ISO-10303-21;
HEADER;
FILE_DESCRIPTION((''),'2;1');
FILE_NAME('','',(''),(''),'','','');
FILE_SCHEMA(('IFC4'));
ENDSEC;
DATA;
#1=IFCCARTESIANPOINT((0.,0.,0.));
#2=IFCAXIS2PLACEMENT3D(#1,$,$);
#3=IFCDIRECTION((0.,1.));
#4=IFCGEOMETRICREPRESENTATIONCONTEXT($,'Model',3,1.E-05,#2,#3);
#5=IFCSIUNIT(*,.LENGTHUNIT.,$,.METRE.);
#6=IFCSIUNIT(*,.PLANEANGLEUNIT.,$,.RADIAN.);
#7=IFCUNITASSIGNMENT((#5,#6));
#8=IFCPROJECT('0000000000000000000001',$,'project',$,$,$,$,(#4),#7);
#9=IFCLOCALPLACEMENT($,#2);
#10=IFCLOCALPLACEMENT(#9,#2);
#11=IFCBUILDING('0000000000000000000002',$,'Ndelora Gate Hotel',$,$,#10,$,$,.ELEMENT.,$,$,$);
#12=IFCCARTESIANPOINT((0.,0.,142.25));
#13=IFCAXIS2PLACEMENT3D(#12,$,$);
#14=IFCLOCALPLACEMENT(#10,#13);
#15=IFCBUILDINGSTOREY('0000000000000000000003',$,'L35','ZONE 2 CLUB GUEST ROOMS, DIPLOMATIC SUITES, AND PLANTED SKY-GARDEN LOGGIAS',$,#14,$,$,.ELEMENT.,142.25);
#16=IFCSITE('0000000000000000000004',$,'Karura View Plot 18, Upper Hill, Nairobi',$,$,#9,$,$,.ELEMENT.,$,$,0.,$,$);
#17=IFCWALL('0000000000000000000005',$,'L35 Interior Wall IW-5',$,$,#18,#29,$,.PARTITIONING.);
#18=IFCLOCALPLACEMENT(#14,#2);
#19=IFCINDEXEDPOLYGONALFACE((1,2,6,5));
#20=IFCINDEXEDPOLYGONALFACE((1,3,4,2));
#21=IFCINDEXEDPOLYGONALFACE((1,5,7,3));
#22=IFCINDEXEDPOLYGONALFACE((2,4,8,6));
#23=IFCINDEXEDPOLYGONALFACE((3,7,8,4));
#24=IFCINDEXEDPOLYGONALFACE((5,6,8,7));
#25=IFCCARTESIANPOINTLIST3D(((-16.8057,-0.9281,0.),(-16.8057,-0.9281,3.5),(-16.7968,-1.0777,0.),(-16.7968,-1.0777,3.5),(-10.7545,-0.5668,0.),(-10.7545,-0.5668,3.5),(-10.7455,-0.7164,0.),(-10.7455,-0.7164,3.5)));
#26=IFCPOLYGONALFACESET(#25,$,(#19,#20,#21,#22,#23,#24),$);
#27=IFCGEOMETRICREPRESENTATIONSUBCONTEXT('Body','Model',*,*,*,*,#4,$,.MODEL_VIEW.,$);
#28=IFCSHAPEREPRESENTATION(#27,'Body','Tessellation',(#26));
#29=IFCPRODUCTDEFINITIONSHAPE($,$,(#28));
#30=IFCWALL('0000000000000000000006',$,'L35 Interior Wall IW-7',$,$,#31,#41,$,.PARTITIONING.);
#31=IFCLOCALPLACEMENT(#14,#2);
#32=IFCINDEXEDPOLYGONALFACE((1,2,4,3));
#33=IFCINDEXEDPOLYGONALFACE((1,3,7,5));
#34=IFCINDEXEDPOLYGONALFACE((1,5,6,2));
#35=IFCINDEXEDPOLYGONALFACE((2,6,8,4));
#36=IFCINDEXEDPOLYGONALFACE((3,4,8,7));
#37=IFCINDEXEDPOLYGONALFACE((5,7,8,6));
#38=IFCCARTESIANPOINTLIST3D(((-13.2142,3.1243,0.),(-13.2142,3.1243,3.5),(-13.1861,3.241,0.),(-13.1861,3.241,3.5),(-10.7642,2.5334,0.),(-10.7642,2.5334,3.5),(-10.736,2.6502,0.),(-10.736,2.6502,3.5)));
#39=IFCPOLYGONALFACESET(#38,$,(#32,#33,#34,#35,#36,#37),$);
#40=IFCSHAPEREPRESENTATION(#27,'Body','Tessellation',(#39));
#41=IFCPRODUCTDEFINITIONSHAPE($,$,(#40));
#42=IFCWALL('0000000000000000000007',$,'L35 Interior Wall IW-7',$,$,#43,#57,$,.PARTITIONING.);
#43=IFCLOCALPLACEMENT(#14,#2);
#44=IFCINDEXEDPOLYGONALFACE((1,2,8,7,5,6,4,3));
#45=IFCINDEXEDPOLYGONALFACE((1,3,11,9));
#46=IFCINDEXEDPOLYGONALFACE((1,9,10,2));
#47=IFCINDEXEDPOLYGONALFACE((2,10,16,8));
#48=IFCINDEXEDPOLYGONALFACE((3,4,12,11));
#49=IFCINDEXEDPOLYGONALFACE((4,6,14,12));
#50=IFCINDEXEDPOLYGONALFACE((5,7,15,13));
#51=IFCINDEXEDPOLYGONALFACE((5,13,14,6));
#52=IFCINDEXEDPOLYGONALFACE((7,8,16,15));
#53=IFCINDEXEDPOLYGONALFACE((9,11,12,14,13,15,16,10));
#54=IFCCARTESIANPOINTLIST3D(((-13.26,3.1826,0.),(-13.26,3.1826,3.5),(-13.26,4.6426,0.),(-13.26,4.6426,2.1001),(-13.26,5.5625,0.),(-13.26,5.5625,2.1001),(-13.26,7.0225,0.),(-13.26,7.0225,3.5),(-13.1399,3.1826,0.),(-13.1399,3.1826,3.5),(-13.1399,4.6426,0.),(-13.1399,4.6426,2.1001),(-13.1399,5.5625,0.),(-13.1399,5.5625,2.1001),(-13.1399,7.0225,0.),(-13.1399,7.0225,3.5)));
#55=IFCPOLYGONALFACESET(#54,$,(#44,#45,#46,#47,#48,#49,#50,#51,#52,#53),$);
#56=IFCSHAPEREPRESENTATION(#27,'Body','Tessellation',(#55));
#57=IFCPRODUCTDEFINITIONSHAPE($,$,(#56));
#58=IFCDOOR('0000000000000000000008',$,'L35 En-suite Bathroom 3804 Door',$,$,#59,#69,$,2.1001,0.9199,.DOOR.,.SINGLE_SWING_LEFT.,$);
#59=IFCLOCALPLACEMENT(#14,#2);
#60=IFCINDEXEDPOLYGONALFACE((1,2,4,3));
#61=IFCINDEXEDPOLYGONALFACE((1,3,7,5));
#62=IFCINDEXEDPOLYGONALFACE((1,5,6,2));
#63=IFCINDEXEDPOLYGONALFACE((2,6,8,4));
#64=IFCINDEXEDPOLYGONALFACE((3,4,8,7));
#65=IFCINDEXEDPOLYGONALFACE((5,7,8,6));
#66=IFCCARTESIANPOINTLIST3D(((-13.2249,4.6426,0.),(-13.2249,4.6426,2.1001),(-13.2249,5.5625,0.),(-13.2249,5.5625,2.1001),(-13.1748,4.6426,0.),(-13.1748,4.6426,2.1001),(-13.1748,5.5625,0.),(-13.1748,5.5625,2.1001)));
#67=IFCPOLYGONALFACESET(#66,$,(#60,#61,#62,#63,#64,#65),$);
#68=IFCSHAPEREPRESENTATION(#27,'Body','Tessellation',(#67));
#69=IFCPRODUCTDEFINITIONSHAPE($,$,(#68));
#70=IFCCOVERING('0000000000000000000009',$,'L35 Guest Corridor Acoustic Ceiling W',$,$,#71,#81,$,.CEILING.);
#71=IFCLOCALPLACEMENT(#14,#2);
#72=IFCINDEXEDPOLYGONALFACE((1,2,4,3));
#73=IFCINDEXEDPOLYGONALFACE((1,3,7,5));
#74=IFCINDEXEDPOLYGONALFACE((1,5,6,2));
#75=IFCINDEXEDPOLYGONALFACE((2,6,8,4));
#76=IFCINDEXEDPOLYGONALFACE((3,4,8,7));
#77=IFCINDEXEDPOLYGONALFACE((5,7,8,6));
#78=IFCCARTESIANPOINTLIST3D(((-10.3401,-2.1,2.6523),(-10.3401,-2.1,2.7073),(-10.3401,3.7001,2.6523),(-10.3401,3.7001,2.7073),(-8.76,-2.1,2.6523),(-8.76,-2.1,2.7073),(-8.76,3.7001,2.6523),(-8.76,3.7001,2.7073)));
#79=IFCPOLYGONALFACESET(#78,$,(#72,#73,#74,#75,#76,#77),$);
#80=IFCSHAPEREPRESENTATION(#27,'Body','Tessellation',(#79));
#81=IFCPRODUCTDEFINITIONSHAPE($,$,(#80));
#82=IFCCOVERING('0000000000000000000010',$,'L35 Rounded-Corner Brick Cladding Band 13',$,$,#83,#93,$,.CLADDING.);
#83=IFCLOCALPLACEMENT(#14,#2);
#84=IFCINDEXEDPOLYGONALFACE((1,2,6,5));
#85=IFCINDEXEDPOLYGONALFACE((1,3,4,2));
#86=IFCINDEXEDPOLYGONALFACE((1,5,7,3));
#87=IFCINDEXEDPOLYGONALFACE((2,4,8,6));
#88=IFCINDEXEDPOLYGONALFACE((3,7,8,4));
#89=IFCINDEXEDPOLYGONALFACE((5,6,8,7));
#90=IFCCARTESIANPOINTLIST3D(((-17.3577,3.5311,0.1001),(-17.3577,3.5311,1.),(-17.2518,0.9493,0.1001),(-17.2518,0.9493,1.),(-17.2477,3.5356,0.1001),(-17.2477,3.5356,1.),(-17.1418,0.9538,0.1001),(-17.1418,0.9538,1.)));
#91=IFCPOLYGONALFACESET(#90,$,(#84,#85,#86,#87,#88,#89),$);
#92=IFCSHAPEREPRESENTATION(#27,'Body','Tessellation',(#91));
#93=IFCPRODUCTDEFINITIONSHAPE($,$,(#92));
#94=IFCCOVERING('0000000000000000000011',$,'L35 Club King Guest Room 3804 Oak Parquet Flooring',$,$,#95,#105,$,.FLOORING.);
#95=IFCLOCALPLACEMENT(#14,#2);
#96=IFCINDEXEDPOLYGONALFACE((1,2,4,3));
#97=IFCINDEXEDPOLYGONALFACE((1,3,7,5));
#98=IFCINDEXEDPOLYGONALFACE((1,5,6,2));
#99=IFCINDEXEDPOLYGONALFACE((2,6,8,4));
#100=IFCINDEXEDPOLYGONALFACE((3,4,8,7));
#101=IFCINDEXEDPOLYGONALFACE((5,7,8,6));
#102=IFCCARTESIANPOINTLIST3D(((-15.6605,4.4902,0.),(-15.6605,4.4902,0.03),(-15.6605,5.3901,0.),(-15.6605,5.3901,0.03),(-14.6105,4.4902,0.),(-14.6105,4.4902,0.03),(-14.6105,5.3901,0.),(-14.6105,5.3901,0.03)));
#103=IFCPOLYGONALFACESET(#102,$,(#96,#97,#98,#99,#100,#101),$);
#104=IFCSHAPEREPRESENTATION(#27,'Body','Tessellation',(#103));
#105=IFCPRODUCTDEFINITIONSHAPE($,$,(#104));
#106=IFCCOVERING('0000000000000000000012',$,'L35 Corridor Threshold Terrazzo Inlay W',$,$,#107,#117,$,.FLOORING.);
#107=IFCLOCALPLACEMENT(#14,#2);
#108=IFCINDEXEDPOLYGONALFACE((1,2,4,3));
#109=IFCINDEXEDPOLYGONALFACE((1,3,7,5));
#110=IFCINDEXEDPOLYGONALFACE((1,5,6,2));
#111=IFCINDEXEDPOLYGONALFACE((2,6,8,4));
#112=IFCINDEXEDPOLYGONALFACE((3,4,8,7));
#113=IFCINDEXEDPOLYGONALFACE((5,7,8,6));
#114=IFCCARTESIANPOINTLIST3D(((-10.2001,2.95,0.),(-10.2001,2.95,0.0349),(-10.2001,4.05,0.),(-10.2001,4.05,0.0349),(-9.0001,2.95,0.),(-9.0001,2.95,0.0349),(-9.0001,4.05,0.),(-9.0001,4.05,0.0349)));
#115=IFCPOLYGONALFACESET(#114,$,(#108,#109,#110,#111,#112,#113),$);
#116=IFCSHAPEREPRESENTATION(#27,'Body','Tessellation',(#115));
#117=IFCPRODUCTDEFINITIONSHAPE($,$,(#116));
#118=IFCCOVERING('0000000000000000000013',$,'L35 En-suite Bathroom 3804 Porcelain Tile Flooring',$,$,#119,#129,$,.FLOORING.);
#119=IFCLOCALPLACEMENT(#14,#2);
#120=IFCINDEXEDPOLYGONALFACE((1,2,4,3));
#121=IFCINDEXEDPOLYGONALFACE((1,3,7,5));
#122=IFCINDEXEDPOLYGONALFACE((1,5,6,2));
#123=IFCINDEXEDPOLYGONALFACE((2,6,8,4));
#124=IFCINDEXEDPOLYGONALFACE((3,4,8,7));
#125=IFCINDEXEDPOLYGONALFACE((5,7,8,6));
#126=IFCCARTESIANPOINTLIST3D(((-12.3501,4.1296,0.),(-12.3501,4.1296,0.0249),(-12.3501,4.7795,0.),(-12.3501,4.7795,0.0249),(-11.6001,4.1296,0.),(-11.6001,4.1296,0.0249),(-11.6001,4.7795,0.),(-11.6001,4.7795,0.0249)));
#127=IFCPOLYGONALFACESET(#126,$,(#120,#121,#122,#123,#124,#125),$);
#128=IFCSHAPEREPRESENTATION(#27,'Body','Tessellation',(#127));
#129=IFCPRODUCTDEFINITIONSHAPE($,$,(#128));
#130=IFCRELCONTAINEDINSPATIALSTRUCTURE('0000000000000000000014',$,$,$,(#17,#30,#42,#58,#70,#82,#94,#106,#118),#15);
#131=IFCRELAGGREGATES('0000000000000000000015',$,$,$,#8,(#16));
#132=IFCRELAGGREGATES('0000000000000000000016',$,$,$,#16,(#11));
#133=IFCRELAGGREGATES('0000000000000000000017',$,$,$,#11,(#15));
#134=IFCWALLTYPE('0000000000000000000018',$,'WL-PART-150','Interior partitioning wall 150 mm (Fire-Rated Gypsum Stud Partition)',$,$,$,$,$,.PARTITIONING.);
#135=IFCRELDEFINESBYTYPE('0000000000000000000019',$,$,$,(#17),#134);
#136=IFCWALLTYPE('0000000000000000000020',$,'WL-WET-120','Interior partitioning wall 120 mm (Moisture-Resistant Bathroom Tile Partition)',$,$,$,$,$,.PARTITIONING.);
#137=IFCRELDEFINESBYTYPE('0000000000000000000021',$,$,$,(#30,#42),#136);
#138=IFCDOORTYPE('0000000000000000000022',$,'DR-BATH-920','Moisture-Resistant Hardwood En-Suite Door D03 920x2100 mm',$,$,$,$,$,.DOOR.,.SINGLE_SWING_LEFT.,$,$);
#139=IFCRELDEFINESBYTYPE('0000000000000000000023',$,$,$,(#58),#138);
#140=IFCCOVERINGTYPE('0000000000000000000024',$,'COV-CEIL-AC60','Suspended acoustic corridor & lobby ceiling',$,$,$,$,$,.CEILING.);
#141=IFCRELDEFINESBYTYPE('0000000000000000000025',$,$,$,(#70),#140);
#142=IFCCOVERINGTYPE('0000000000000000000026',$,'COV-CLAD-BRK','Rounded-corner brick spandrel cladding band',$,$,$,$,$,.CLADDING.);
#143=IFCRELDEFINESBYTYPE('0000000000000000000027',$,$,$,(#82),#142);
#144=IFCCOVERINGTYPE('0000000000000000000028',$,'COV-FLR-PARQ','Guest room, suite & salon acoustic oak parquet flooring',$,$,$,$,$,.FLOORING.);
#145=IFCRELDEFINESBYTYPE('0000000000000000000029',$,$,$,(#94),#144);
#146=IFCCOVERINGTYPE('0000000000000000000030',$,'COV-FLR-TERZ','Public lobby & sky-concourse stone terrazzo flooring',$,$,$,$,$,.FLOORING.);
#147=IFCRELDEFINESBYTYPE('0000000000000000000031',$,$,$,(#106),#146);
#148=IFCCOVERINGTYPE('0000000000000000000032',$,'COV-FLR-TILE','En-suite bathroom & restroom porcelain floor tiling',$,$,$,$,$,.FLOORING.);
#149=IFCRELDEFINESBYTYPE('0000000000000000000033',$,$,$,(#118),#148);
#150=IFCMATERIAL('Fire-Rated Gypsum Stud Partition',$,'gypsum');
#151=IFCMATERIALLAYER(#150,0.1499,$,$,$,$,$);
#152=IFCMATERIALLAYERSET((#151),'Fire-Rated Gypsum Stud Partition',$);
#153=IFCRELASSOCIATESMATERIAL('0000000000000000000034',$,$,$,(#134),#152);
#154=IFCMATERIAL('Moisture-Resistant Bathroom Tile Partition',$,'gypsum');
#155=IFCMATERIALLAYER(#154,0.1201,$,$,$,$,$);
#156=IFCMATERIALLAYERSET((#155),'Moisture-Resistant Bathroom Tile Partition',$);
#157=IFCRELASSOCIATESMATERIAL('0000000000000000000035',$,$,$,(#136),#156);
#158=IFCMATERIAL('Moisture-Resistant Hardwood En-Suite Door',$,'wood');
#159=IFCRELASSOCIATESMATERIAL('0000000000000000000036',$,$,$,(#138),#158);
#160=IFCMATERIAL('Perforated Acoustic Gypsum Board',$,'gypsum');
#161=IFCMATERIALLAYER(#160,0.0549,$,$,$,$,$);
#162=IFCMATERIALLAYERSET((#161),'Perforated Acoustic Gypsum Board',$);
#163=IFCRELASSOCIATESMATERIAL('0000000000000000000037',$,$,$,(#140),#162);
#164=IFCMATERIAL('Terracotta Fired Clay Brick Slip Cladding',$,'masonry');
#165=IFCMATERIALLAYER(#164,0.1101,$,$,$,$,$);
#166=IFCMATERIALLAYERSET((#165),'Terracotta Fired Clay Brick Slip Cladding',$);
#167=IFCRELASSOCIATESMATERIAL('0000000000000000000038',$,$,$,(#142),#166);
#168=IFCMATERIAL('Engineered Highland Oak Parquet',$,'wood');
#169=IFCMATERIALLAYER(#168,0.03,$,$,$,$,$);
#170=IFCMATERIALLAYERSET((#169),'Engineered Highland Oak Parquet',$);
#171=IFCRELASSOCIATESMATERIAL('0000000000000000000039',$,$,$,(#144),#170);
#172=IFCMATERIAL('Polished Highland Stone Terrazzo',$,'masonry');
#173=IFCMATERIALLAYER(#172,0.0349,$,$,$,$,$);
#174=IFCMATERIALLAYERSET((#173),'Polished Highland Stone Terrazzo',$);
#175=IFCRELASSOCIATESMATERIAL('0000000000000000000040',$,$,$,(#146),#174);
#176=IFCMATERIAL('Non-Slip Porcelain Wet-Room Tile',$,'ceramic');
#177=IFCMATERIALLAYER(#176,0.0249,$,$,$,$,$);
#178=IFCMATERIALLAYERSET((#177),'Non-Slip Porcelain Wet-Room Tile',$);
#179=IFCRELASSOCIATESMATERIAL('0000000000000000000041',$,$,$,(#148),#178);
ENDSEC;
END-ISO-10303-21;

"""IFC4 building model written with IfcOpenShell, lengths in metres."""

from ifc_helpers import new_model, si_unit, direction, frame, frame_2d, origin, origin_2d, place, context, subcontext, project, spatial, rectangle, extrude, material, layer, layer_set, type_object, element, fill, save


model = new_model("IFC4")

# Units and contexts
model_context = context("Model", 3, precision=1e-05, world=origin(), true_north=direction((0.0, 1.0)))
body_context = subcontext(model_context, "Body", "Model", "MODEL_VIEW")
ifc_project = project(units=[si_unit("LENGTHUNIT", "METRE"), si_unit("PLANEANGLEUNIT", "RADIAN")], contexts=[model_context])

# Site, building, storey
site_placement = place(None, origin())
site = spatial("IfcSite", under=ifc_project, at=site_placement, Name="Karura View Plot 18, Upper Hill, Nairobi", CompositionType="ELEMENT", RefElevation=0.0)
building_placement = place(site_placement, origin())
building = spatial("IfcBuilding", under=site, at=building_placement, Name="Ndelora Gate Hotel", CompositionType="ELEMENT")
storey_placement = place(building_placement, frame((0.0, 0.0, 142.25)))
storey = spatial("IfcBuildingStorey", under=building, at=storey_placement, Name="L35", Description="ZONE 2 CLUB GUEST ROOMS, DIPLOMATIC SUITES, AND PLANTED SKY-GARDEN LOGGIAS", CompositionType="ELEMENT", Elevation=142.25)

# Walls
ifc_material_1 = material(Name="Fire-Rated Gypsum Stud Partition", Category="gypsum")
ifc_layer_1 = layer(ifc_material_1, 0.1499)
ifc_layer_set_1 = layer_set([ifc_layer_1], Name="Fire-Rated Gypsum Stud Partition")
wall_type_1 = type_object("IfcWallType", Name="WL-PART-150", Description="Interior partitioning wall 150 mm (Fire-Rated Gypsum Stud Partition)", PredefinedType="PARTITIONING", material=ifc_layer_set_1)
wall_1_placement = place(storey_placement, frame((-10.75, -0.6416, 0.0), z_axis=(0.0, 0.0, 1.0), x_axis=(-0.998222, -0.059605, 0.0)))
element("IfcWall", 1, at=wall_1_placement, inside=storey, type_object=wall_type_1, Name="L35 Interior Wall IW-5", PredefinedType="PARTITIONING", context=body_context, shape_type="SweptSolid", body=[
    extrude(rectangle(XDim=6.062, YDim=0.1499, at=frame_2d((3.031, 0.0))), origin(), (0.0, 0.0, 1.0), 3.5),
])
ifc_material_2 = material(Name="Moisture-Resistant Bathroom Tile Partition", Category="gypsum")
ifc_layer_2 = layer(ifc_material_2, 0.1201)
ifc_layer_set_2 = layer_set([ifc_layer_2], Name="Moisture-Resistant Bathroom Tile Partition")
wall_type_2 = type_object("IfcWallType", Name="WL-WET-120", Description="Interior partitioning wall 120 mm (Moisture-Resistant Bathroom Tile Partition)", PredefinedType="PARTITIONING", material=ifc_layer_set_2)
wall_2_placement = place(storey_placement, frame((-10.75, 2.5918, 0.0), z_axis=(0.0, 0.0, 1.0), x_axis=(-0.972132, 0.234435, 0.0)))
element("IfcWall", 2, at=wall_2_placement, inside=storey, type_object=wall_type_2, Name="L35 Interior Wall IW-7", PredefinedType="PARTITIONING", context=body_context, shape_type="SweptSolid", body=[
    extrude(rectangle(XDim=2.5203, YDim=0.1201, at=frame_2d((1.2603, 0.0))), origin(), (0.0, 0.0, 1.0), 3.5),
])

# Wall, opening, door
wall_3_placement = place(storey_placement, frame((-13.2, 3.1826, 0.0), z_axis=(0.0, 0.0, 1.0), x_axis=(0.0, 1.0, 0.0)))
wall_3 = element("IfcWall", 3, at=wall_3_placement, inside=storey, type_object=wall_type_2, Name="L35 Interior Wall IW-7", PredefinedType="PARTITIONING", context=body_context, shape_type="SweptSolid", body=[
    extrude(rectangle(XDim=3.8398, YDim=0.1201, at=frame_2d((1.9199, 0.0))), origin(), (0.0, 0.0, 1.0), 3.5),
])
opening_1_placement = place(wall_3_placement, frame((1.46, 0.0, 0.0)))
opening_1 = element("IfcOpeningElement", 4, at=opening_1_placement, cuts=wall_3, PredefinedType="OPENING", context=body_context, shape_type="SweptSolid", body=[
    extrude(rectangle(XDim=0.9199, YDim=2.1001, at=frame_2d((0.46, 1.05))), frame((0.0, 0.0701, 0.0), z_axis=(0.0, -1.0, 0.0), x_axis=(1.0, 0.0, 0.0)), (0.0, 0.0, 1.0), 0.1401),
])
ifc_material_3 = material(Name="Moisture-Resistant Hardwood En-Suite Door", Category="wood")
door_type_1 = type_object("IfcDoorType", Name="DR-BATH-920", Description="Moisture-Resistant Hardwood En-Suite Door D03 920x2100 mm", OperationType="SINGLE_SWING_LEFT", PredefinedType="DOOR", material=ifc_material_3)
door_1_placement = place(opening_1_placement, origin())
door_1 = element("IfcDoor", 5, at=door_1_placement, inside=storey, type_object=door_type_1, Name="L35 En-suite Bathroom 3804 Door", OperationType="SINGLE_SWING_LEFT", OverallHeight=2.1001, OverallWidth=0.9199, PredefinedType="DOOR", context=body_context, shape_type="SweptSolid", body=[
    extrude(rectangle(XDim=0.9199, YDim=2.1001, at=frame_2d((0.46, 1.05))), frame((0.0, 0.0249, 0.0), z_axis=(0.0, -1.0, 0.0), x_axis=(1.0, 0.0, 0.0)), (0.0, 0.0, 1.0), 0.05),
])
fill(opening_1, door_1)

# Coverings
ifc_material_4 = material(Name="Perforated Acoustic Gypsum Board", Category="gypsum")
ifc_layer_3 = layer(ifc_material_4, 0.0549)
ifc_layer_set_3 = layer_set([ifc_layer_3], Name="Perforated Acoustic Gypsum Board")
covering_type_1 = type_object("IfcCoveringType", Name="COV-CEIL-AC60", Description="Suspended acoustic corridor & lobby ceiling", PredefinedType="CEILING", material=ifc_layer_set_3)
covering_1_placement = place(storey_placement, frame((-9.55, 0.8, 2.6523), z_axis=(0.0, 0.0, 1.0), x_axis=(1.0, 0.0, 0.0)))
element("IfcCovering", 6, at=covering_1_placement, inside=storey, type_object=covering_type_1, Name="L35 Guest Corridor Acoustic Ceiling W", PredefinedType="CEILING", context=body_context, shape_type="SweptSolid", body=[
    extrude(rectangle(XDim=1.5801, YDim=5.8, at=origin_2d()), origin(), (0.0, 0.0, 1.0), 0.0549),
])
ifc_material_5 = material(Name="Terracotta Fired Clay Brick Slip Cladding", Category="masonry")
ifc_layer_4 = layer(ifc_material_5, 0.1101)
ifc_layer_set_4 = layer_set([ifc_layer_4], Name="Terracotta Fired Clay Brick Slip Cladding")
covering_type_2 = type_object("IfcCoveringType", Name="COV-CLAD-BRK", Description="Rounded-corner brick spandrel cladding band", PredefinedType="CLADDING", material=ifc_layer_set_4)
covering_2_placement = place(storey_placement, frame((-17.2498, 2.2424, 0.1001), z_axis=(0.0, 0.0, 1.0), x_axis=(-0.041004, 0.999159, 0.0)))
element("IfcCovering", 7, at=covering_2_placement, inside=storey, type_object=covering_type_2, Name="L35 Rounded-Corner Brick Cladding Band 13", PredefinedType="CLADDING", context=body_context, shape_type="SweptSolid", body=[
    extrude(rectangle(XDim=2.584, YDim=0.1101, at=origin_2d()), origin(), (0.0, 0.0, 1.0), 0.8999),
])
ifc_material_6 = material(Name="Engineered Highland Oak Parquet", Category="wood")
ifc_layer_5 = layer(ifc_material_6, 0.03)
ifc_layer_set_5 = layer_set([ifc_layer_5], Name="Engineered Highland Oak Parquet")
covering_type_3 = type_object("IfcCoveringType", Name="COV-FLR-PARQ", Description="Guest room, suite & salon acoustic oak parquet flooring", PredefinedType="FLOORING", material=ifc_layer_set_5)
covering_3_placement = place(storey_placement, frame((-15.1355, 4.9402, 0.0), z_axis=(0.0, 0.0, 1.0), x_axis=(1.0, 0.0, 0.0)))
element("IfcCovering", 8, at=covering_3_placement, inside=storey, type_object=covering_type_3, Name="L35 Club King Guest Room 3804 Oak Parquet Flooring", PredefinedType="FLOORING", context=body_context, shape_type="SweptSolid", body=[
    extrude(rectangle(XDim=1.05, YDim=0.8999, at=origin_2d()), origin(), (0.0, 0.0, 1.0), 0.03),
])
ifc_material_7 = material(Name="Polished Highland Stone Terrazzo", Category="masonry")
ifc_layer_6 = layer(ifc_material_7, 0.0349)
ifc_layer_set_6 = layer_set([ifc_layer_6], Name="Polished Highland Stone Terrazzo")
covering_type_4 = type_object("IfcCoveringType", Name="COV-FLR-TERZ", Description="Public lobby & sky-concourse stone terrazzo flooring", PredefinedType="FLOORING", material=ifc_layer_set_6)
covering_4_placement = place(storey_placement, frame((-9.6001, 3.5, 0.0), z_axis=(0.0, 0.0, 1.0), x_axis=(1.0, 0.0, 0.0)))
element("IfcCovering", 9, at=covering_4_placement, inside=storey, type_object=covering_type_4, Name="L35 Corridor Threshold Terrazzo Inlay W", PredefinedType="FLOORING", context=body_context, shape_type="SweptSolid", body=[
    extrude(rectangle(XDim=1.2, YDim=1.1001, at=origin_2d()), origin(), (0.0, 0.0, 1.0), 0.0349),
])
ifc_material_8 = material(Name="Non-Slip Porcelain Wet-Room Tile", Category="ceramic")
ifc_layer_7 = layer(ifc_material_8, 0.0249)
ifc_layer_set_7 = layer_set([ifc_layer_7], Name="Non-Slip Porcelain Wet-Room Tile")
covering_type_5 = type_object("IfcCoveringType", Name="COV-FLR-TILE", Description="En-suite bathroom & restroom porcelain floor tiling", PredefinedType="FLOORING", material=ifc_layer_set_7)
covering_5_placement = place(storey_placement, frame((-11.9751, 4.4546, 0.0), z_axis=(0.0, 0.0, 1.0), x_axis=(1.0, 0.0, 0.0)))
element("IfcCovering", 10, at=covering_5_placement, inside=storey, type_object=covering_type_5, Name="L35 En-suite Bathroom 3804 Porcelain Tile Flooring", PredefinedType="FLOORING", context=body_context, shape_type="SweptSolid", body=[
    extrude(rectangle(XDim=0.75, YDim=0.6499, at=origin_2d()), origin(), (0.0, 0.0, 1.0), 0.0249),
])

save(model, "model.ifc")
